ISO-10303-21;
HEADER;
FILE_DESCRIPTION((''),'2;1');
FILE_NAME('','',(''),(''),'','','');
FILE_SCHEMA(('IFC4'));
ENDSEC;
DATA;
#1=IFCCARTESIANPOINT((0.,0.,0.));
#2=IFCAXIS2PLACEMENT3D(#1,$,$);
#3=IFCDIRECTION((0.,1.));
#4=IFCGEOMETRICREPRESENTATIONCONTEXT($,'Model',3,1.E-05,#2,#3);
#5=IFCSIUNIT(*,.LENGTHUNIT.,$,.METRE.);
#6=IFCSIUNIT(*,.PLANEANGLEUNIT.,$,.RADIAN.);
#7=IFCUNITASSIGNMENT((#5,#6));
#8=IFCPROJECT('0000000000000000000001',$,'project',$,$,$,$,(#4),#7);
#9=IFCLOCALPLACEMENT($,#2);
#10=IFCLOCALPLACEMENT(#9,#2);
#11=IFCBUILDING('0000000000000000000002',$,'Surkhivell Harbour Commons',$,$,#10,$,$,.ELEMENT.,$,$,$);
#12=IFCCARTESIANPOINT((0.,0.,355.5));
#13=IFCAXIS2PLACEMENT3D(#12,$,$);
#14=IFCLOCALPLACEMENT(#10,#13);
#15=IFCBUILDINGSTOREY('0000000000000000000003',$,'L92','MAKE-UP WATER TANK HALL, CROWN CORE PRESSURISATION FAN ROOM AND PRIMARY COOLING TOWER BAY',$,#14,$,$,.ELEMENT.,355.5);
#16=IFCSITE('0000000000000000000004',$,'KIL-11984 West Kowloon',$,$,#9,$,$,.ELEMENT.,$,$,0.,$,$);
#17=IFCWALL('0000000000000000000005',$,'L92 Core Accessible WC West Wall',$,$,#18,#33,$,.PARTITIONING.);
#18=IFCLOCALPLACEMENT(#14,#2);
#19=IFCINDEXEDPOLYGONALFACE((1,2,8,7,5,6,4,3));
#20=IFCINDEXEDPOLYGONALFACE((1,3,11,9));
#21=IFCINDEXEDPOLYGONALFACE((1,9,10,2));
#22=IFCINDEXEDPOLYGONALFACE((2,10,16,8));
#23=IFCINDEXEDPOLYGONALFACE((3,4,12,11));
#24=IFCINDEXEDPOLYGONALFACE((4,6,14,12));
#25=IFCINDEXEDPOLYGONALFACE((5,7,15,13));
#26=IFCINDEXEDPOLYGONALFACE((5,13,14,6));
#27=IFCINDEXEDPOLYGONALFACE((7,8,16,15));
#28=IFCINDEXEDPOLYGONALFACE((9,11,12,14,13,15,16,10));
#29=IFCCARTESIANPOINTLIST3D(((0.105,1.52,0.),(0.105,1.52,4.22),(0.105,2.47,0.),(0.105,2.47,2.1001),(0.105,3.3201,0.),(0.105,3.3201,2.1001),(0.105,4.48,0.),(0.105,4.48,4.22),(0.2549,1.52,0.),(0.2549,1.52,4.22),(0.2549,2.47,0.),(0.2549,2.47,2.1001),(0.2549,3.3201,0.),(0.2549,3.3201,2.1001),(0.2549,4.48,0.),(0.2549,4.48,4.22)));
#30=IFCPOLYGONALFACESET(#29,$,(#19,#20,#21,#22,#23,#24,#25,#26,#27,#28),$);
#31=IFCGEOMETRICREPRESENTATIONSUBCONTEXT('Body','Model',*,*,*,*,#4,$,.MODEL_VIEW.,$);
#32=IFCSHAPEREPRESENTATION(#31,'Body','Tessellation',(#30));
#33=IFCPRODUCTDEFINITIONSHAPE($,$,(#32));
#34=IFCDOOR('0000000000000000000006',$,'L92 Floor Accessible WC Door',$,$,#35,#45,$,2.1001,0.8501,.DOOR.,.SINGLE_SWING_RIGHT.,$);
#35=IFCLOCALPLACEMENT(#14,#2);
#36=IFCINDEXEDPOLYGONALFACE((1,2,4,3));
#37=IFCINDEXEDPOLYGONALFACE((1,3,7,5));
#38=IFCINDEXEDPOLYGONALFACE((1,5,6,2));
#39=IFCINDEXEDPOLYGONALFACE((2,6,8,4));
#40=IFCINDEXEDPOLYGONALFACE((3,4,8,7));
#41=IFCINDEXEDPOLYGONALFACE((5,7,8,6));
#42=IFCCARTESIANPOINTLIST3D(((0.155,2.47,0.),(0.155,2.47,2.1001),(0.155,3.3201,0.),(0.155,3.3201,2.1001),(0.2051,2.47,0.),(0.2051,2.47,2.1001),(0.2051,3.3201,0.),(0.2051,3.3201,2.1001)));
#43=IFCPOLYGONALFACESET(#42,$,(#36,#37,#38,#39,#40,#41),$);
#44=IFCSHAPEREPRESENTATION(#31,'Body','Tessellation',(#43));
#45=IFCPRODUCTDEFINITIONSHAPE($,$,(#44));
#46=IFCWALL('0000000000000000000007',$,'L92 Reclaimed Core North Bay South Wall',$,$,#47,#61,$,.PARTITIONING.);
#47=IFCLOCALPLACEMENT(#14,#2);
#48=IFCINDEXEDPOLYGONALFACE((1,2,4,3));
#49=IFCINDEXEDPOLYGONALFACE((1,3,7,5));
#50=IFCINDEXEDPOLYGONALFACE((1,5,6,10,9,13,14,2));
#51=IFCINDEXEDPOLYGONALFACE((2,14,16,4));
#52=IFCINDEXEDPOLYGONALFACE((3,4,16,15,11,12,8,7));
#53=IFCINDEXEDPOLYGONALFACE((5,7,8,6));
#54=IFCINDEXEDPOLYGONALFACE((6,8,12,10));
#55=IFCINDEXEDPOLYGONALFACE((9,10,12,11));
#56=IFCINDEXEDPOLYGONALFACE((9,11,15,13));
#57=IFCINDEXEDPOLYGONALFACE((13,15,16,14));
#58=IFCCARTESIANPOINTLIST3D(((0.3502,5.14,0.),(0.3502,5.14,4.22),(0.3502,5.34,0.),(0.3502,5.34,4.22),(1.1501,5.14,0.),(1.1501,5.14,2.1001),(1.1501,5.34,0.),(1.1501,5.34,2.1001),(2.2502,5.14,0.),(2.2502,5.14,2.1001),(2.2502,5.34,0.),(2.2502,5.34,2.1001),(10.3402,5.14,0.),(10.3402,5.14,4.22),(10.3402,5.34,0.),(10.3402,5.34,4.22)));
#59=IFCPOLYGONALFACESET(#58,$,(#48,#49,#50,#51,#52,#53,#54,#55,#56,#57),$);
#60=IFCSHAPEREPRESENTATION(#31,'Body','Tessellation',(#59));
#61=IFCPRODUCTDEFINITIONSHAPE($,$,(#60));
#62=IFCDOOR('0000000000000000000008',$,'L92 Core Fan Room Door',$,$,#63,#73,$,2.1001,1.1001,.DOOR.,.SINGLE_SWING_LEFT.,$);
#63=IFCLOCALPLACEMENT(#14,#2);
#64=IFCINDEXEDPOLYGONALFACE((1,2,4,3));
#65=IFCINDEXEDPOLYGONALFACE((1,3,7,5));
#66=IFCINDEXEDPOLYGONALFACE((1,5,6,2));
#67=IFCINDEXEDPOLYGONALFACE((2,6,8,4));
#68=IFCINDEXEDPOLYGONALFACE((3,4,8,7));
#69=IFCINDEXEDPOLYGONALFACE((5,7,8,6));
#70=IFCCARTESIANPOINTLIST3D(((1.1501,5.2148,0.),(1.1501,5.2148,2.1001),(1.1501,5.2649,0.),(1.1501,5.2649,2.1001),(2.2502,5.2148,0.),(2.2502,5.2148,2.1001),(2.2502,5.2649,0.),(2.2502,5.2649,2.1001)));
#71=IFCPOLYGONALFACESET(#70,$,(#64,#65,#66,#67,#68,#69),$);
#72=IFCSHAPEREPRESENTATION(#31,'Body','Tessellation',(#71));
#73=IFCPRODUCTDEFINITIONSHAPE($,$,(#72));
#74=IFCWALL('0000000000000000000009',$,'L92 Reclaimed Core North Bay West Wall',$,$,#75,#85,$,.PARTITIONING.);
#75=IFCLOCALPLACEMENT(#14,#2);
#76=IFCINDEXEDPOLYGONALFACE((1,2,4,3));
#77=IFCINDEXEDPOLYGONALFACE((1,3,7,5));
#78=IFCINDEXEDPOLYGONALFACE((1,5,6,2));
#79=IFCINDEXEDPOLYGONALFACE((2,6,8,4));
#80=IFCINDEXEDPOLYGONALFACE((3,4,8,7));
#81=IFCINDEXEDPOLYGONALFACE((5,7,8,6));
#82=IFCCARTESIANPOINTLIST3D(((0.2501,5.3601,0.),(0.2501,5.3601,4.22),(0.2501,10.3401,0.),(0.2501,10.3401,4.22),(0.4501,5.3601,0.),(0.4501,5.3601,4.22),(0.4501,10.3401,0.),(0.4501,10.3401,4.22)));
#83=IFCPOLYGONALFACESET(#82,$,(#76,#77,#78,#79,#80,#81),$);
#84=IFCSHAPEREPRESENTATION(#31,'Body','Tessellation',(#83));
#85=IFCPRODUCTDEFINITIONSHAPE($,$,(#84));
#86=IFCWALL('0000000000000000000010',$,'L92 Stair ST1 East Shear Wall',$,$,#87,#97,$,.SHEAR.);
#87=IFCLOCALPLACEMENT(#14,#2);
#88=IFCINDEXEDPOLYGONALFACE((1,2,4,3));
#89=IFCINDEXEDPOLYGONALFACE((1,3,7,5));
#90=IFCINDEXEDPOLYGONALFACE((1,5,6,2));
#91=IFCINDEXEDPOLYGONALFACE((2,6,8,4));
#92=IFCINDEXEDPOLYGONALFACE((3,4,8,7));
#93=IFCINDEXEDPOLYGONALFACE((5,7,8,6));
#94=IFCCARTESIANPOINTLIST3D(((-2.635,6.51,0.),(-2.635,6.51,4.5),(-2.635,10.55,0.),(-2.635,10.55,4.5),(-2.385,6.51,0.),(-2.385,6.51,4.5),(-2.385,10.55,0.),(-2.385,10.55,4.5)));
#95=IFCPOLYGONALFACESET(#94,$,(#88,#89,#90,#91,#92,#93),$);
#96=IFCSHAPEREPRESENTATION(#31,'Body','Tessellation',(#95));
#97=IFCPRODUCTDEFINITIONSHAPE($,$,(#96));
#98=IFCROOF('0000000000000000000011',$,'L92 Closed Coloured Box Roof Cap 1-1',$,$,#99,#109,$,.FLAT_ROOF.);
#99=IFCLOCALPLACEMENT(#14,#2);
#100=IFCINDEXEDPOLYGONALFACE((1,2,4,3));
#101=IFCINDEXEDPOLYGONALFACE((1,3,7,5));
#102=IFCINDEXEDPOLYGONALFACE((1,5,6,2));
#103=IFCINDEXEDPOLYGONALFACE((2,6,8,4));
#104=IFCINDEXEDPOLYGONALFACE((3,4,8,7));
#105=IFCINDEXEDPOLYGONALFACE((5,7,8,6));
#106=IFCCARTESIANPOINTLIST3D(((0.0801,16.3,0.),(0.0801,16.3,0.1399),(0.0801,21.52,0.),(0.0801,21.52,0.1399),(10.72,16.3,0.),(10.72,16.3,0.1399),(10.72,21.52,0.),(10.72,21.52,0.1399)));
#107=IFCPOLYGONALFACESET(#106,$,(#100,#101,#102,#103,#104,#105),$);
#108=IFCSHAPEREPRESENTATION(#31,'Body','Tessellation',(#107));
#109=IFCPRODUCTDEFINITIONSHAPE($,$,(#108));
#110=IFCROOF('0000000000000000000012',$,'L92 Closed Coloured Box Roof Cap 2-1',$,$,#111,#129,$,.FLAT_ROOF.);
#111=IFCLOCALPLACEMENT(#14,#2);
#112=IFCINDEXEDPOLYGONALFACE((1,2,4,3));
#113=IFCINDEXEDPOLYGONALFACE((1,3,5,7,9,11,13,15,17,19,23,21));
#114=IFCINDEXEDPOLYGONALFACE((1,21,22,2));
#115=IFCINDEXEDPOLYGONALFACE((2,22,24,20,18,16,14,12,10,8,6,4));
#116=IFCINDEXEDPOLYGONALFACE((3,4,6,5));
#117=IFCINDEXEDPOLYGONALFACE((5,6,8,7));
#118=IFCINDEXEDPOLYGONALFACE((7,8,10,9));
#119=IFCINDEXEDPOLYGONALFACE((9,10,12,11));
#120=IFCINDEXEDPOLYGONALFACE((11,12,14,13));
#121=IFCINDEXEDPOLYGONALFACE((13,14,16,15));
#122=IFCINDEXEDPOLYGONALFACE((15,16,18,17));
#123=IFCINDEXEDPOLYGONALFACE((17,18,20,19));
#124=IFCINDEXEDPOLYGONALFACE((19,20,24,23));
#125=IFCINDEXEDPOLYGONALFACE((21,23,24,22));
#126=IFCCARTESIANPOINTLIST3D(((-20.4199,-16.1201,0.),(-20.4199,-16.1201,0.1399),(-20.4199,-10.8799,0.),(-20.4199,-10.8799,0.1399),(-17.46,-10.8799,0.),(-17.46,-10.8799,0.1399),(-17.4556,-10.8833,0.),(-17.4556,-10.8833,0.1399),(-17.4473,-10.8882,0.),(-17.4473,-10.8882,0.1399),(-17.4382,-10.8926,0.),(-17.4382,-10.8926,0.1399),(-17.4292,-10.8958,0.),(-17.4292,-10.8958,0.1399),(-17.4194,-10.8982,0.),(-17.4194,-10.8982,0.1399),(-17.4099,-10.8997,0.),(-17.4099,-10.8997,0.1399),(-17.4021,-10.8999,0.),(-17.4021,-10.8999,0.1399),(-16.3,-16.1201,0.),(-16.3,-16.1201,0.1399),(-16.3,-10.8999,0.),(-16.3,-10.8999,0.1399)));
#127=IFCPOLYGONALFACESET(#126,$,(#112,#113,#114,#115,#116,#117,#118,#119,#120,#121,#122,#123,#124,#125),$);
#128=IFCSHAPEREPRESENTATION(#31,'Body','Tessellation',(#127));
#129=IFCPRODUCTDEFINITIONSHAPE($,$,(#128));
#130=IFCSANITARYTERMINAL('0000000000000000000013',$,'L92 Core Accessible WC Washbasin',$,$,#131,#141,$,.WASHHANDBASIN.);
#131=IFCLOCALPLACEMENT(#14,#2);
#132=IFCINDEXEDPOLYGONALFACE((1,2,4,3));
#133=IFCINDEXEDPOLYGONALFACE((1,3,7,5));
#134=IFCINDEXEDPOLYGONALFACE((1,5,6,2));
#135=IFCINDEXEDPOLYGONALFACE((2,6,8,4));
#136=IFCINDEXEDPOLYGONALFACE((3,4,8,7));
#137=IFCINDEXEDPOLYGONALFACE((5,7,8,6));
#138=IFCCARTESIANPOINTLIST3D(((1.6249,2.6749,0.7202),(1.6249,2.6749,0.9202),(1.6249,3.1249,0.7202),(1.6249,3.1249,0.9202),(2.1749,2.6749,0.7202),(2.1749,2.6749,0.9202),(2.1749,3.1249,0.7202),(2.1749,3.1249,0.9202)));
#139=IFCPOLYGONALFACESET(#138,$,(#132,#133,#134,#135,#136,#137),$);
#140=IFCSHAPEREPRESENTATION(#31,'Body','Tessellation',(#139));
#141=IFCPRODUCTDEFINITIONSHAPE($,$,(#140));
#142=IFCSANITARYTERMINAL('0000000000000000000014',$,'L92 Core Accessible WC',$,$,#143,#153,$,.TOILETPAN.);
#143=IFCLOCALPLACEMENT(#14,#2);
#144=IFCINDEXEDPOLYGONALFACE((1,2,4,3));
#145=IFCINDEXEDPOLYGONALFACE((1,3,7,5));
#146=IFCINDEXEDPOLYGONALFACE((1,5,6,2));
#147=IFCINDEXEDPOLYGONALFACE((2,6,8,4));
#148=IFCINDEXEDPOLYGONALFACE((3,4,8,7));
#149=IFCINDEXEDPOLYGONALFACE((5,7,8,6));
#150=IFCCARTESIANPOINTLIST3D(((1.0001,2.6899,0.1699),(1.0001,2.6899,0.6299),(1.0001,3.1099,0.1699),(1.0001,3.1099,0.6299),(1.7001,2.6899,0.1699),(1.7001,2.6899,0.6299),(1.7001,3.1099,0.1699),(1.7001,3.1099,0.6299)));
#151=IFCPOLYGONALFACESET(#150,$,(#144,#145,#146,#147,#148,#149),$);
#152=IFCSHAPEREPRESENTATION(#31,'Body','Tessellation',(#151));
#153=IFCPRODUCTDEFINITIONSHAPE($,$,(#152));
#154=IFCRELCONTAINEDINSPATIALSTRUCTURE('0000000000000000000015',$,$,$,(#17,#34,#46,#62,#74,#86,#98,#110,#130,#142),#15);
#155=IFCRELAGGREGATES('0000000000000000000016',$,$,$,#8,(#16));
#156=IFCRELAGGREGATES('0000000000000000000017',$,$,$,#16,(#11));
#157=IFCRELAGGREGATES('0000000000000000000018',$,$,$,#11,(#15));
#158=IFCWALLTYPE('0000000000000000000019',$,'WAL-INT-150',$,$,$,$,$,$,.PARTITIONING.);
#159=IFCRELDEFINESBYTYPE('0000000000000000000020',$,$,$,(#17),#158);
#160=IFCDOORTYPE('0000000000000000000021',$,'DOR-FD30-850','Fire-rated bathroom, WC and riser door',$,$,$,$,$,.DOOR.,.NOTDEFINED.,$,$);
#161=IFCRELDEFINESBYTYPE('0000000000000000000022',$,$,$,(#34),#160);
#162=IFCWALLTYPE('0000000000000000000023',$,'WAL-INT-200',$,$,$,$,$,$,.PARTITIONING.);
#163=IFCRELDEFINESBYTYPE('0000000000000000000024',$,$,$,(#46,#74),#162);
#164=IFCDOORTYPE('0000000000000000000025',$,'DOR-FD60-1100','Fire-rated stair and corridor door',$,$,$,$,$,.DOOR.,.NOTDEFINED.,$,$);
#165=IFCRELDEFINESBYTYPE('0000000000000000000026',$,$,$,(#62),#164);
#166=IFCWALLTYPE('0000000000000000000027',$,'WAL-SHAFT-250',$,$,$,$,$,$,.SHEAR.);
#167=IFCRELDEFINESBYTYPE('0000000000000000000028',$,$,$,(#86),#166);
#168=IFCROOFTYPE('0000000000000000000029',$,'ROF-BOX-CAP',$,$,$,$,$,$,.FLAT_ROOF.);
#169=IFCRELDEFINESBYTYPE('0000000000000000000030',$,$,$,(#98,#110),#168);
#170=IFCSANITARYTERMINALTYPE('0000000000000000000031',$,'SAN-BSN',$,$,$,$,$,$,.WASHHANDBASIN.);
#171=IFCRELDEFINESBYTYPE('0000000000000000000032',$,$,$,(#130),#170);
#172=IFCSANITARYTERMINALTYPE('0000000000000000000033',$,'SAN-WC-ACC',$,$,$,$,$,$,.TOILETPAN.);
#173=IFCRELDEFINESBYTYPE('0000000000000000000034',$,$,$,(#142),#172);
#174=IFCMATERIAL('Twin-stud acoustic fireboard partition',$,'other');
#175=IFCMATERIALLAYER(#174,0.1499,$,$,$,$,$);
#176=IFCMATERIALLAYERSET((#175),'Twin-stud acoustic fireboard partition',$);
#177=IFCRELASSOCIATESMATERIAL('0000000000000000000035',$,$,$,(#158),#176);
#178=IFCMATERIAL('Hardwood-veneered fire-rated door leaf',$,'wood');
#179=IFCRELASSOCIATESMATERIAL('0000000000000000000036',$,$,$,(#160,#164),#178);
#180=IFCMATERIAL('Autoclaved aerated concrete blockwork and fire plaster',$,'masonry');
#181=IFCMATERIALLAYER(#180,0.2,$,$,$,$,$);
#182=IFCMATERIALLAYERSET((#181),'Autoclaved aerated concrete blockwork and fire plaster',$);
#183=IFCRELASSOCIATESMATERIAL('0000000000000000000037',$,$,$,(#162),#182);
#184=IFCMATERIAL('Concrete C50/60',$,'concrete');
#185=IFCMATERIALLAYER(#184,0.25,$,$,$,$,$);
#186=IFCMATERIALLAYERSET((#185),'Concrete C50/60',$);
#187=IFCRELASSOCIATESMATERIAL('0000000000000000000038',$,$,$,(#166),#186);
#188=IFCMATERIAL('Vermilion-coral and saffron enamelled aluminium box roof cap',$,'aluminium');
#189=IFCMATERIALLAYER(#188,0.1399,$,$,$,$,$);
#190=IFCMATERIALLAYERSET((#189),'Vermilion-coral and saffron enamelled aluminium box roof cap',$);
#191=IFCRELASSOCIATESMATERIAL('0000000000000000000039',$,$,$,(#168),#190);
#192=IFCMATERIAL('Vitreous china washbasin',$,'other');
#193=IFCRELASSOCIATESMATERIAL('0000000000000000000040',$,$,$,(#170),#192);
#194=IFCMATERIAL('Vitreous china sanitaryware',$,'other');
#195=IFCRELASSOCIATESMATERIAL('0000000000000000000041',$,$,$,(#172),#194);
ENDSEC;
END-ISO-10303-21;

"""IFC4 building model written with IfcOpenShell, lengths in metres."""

from ifc_helpers import new_model, si_unit, direction, frame, frame_2d, origin, origin_2d, place, context, subcontext, project, spatial, polyline, rectangle, outline, extrude, material, layer, layer_set, type_object, element, fill, save


model = new_model("IFC4")

# Units and contexts
model_context = context("Model", 3, precision=1e-05, world=origin(), true_north=direction((0.0, 1.0)))
body_context = subcontext(model_context, "Body", "Model", "MODEL_VIEW")
ifc_project = project(units=[si_unit("LENGTHUNIT", "METRE"), si_unit("PLANEANGLEUNIT", "RADIAN")], contexts=[model_context])

# Site, building, storey
site_placement = place(None, origin())
site = spatial("IfcSite", under=ifc_project, at=site_placement, Name="KIL-11984 West Kowloon", CompositionType="ELEMENT", RefElevation=0.0)
building_placement = place(site_placement, origin())
building = spatial("IfcBuilding", under=site, at=building_placement, Name="Surkhivell Harbour Commons", CompositionType="ELEMENT")
storey_placement = place(building_placement, frame((0.0, 0.0, 355.5)))
storey = spatial("IfcBuildingStorey", under=building, at=storey_placement, Name="L92", Description="MAKE-UP WATER TANK HALL, CROWN CORE PRESSURISATION FAN ROOM AND PRIMARY COOLING TOWER BAY", CompositionType="ELEMENT", Elevation=355.5)

# Shared definitions
ifc_material_1 = material(Name="Concrete C50/60", Category="concrete")

# Shared definitions
ifc_material_2 = material(Name="Twin-stud acoustic fireboard partition", Category="other")
ifc_layer_1 = layer(ifc_material_2, 0.1499)
ifc_layer_set_1 = layer_set([ifc_layer_1], Name="Twin-stud acoustic fireboard partition")
wall_type_1 = type_object("IfcWallType", Name="WAL-INT-150", PredefinedType="PARTITIONING", material=ifc_layer_set_1)

# Walls, openings, doors
wall_1_placement = place(storey_placement, frame((0.1799, 1.52, 0.0), z_axis=(0.0, 0.0, 1.0), x_axis=(0.0, 1.0, 0.0)))
wall_1 = element("IfcWall", 1, at=wall_1_placement, inside=storey, type_object=wall_type_1, Name="L92 Core Accessible WC West Wall", PredefinedType="PARTITIONING", context=body_context, shape_type="SweptSolid", body=[
    extrude(rectangle(XDim=2.96, YDim=0.1499, at=frame_2d((1.48, 0.0))), origin(), (0.0, 0.0, 1.0), 4.22),
])
opening_1_placement = place(wall_1_placement, frame((0.95, 0.0, 0.0)))
opening_1 = element("IfcOpeningElement", 2, at=opening_1_placement, cuts=wall_1, PredefinedType="OPENING", context=body_context, shape_type="SweptSolid", body=[
    extrude(rectangle(XDim=0.8501, YDim=2.1001, at=frame_2d((0.425, 1.05))), frame((0.0, 0.085, 0.0), z_axis=(0.0, -1.0, 0.0), x_axis=(1.0, 0.0, 0.0)), (0.0, 0.0, 1.0), 0.1699),
])
ifc_material_3 = material(Name="Hardwood-veneered fire-rated door leaf", Category="wood")
door_type_1 = type_object("IfcDoorType", Name="DOR-FD30-850", Description="Fire-rated bathroom, WC and riser door", OperationType="NOTDEFINED", PredefinedType="DOOR", material=ifc_material_3)
door_1_placement = place(opening_1_placement, origin())
door_1 = element("IfcDoor", 3, at=door_1_placement, inside=storey, type_object=door_type_1, Name="L92 Floor Accessible WC Door", OperationType="SINGLE_SWING_RIGHT", OverallHeight=2.1001, OverallWidth=0.8501, PredefinedType="DOOR", context=body_context, shape_type="SweptSolid", body=[
    extrude(rectangle(XDim=0.8501, YDim=2.1001, at=frame_2d((0.425, 1.05))), frame((0.0, 0.0249, 0.0), z_axis=(0.0, -1.0, 0.0), x_axis=(1.0, 0.0, 0.0)), (0.0, 0.0, 1.0), 0.05),
])
fill(opening_1, door_1)
ifc_material_4 = material(Name="Autoclaved aerated concrete blockwork and fire plaster", Category="masonry")
ifc_layer_2 = layer(ifc_material_4, 0.2)
ifc_layer_set_2 = layer_set([ifc_layer_2], Name="Autoclaved aerated concrete blockwork and fire plaster")
wall_type_2 = type_object("IfcWallType", Name="WAL-INT-200", PredefinedType="PARTITIONING", material=ifc_layer_set_2)
wall_2_placement = place(storey_placement, frame((0.3501, 5.24, 0.0), z_axis=(0.0, 0.0, 1.0), x_axis=(1.0, 0.0, 0.0)))
wall_2 = element("IfcWall", 4, at=wall_2_placement, inside=storey, type_object=wall_type_2, Name="L92 Reclaimed Core North Bay South Wall", PredefinedType="PARTITIONING", context=body_context, shape_type="SweptSolid", body=[
    extrude(rectangle(XDim=9.99, YDim=0.2, at=frame_2d((4.9951, 0.0))), origin(), (0.0, 0.0, 1.0), 4.22),
])
opening_2_placement = place(wall_2_placement, frame((0.8, 0.0, 0.0)))
opening_2 = element("IfcOpeningElement", 5, at=opening_2_placement, cuts=wall_2, PredefinedType="OPENING", context=body_context, shape_type="SweptSolid", body=[
    extrude(rectangle(XDim=1.1001, YDim=2.1001, at=frame_2d((0.55, 1.05))), frame((0.0, 0.1099, 0.0), z_axis=(0.0, -1.0, 0.0), x_axis=(1.0, 0.0, 0.0)), (0.0, 0.0, 1.0), 0.22),
])
door_type_2 = type_object("IfcDoorType", Name="DOR-FD60-1100", Description="Fire-rated stair and corridor door", OperationType="NOTDEFINED", PredefinedType="DOOR", material=ifc_material_3)
door_2_placement = place(opening_2_placement, origin())
door_2 = element("IfcDoor", 6, at=door_2_placement, inside=storey, type_object=door_type_2, Name="L92 Core Fan Room Door", OperationType="SINGLE_SWING_LEFT", OverallHeight=2.1001, OverallWidth=1.1001, PredefinedType="DOOR", context=body_context, shape_type="SweptSolid", body=[
    extrude(rectangle(XDim=1.1001, YDim=2.1001, at=frame_2d((0.55, 1.05))), frame((0.0, 0.0249, 0.0), z_axis=(0.0, -1.0, 0.0), x_axis=(1.0, 0.0, 0.0)), (0.0, 0.0, 1.0), 0.05),
])
fill(opening_2, door_2)

# Walls
wall_3_placement = place(storey_placement, frame((0.3501, 5.3601, 0.0), z_axis=(0.0, 0.0, 1.0), x_axis=(0.0, 1.0, 0.0)))
element("IfcWall", 7, at=wall_3_placement, inside=storey, type_object=wall_type_2, Name="L92 Reclaimed Core North Bay West Wall", PredefinedType="PARTITIONING", context=body_context, shape_type="SweptSolid", body=[
    extrude(rectangle(XDim=4.98, YDim=0.2, at=frame_2d((2.49, 0.0))), origin(), (0.0, 0.0, 1.0), 4.22),
])
ifc_layer_3 = layer(ifc_material_1, 0.25)
ifc_layer_set_3 = layer_set([ifc_layer_3], Name="Concrete C50/60")
wall_type_3 = type_object("IfcWallType", Name="WAL-SHAFT-250", PredefinedType="SHEAR", material=ifc_layer_set_3)
wall_4_placement = place(storey_placement, frame((-2.51, 6.51, 0.0), z_axis=(0.0, 0.0, 1.0), x_axis=(0.0, 1.0, 0.0)))
element("IfcWall", 8, at=wall_4_placement, inside=storey, type_object=wall_type_3, Name="L92 Stair ST1 East Shear Wall", PredefinedType="SHEAR", context=body_context, shape_type="SweptSolid", body=[
    extrude(rectangle(XDim=4.04, YDim=0.25, at=frame_2d((2.02, 0.0))), origin(), (0.0, 0.0, 1.0), 4.5),
])

# Roofs
ifc_material_5 = material(Name="Vermilion-coral and saffron enamelled aluminium box roof cap", Category="aluminium")
ifc_layer_4 = layer(ifc_material_5, 0.1399)
ifc_layer_set_4 = layer_set([ifc_layer_4], Name="Vermilion-coral and saffron enamelled aluminium box roof cap")
roof_type = type_object("IfcRoofType", Name="ROF-BOX-CAP", PredefinedType="FLAT_ROOF", material=ifc_layer_set_4)
roof_1_placement = place(storey_placement, origin())
element("IfcRoof", 9, at=roof_1_placement, inside=storey, type_object=roof_type, Name="L92 Closed Coloured Box Roof Cap 1-1", PredefinedType="FLAT_ROOF", context=body_context, shape_type="SweptSolid", body=[
    extrude(outline(polyline([(10.72, 16.3), (10.72, 21.52), (0.0801, 21.52), (0.0801, 16.3), (10.72, 16.3)])), origin(), (0.0, 0.0, 1.0), 0.1399),
])
roof_2_placement = place(storey_placement, origin())
element("IfcRoof", 10, at=roof_2_placement, inside=storey, type_object=roof_type, Name="L92 Closed Coloured Box Roof Cap 2-1", PredefinedType="FLAT_ROOF", context=body_context, shape_type="SweptSolid", body=[
    extrude(outline(polyline([(-20.4199, -10.8799), (-20.4199, -16.1201), (-16.3, -16.1201), (-16.3, -10.8999), (-17.4021, -10.8999), (-17.4099, -10.8997), (-17.4194, -10.8982), (-17.4292, -10.8958), (-17.4382, -10.8926), (-17.4473, -10.8882), (-17.4556, -10.8833), (-17.46, -10.8799), (-20.4199, -10.8799)])), origin(), (0.0, 0.0, 1.0), 0.1399),
])

# Sanitary terminals
ifc_material_6 = material(Name="Vitreous china washbasin", Category="other")
sanitary_terminal_type_1 = type_object("IfcSanitaryTerminalType", Name="SAN-BSN", PredefinedType="WASHHANDBASIN", material=ifc_material_6)
sanitary_terminal_1_placement = place(storey_placement, frame((1.8999, 2.8999, 0.7202), z_axis=(0.0, 0.0, 1.0), x_axis=(1.0, 0.0, 0.0)))
element("IfcSanitaryTerminal", 11, at=sanitary_terminal_1_placement, inside=storey, type_object=sanitary_terminal_type_1, Name="L92 Core Accessible WC Washbasin", PredefinedType="WASHHANDBASIN", context=body_context, shape_type="SweptSolid", body=[
    extrude(rectangle(XDim=0.55, YDim=0.45, at=origin_2d()), origin(), (0.0, 0.0, 1.0), 0.2),
])
ifc_material_7 = material(Name="Vitreous china sanitaryware", Category="other")
sanitary_terminal_type_2 = type_object("IfcSanitaryTerminalType", Name="SAN-WC-ACC", PredefinedType="TOILETPAN", material=ifc_material_7)
sanitary_terminal_2_placement = place(storey_placement, frame((1.3501, 2.8999, 0.1699), z_axis=(0.0, 0.0, 1.0), x_axis=(1.0, 0.0, 0.0)))
element("IfcSanitaryTerminal", 12, at=sanitary_terminal_2_placement, inside=storey, type_object=sanitary_terminal_type_2, Name="L92 Core Accessible WC", PredefinedType="TOILETPAN", context=body_context, shape_type="SweptSolid", body=[
    extrude(rectangle(XDim=0.7, YDim=0.4199, at=origin_2d()), origin(), (0.0, 0.0, 1.0), 0.46),
])

save(model, "model.ifc")
